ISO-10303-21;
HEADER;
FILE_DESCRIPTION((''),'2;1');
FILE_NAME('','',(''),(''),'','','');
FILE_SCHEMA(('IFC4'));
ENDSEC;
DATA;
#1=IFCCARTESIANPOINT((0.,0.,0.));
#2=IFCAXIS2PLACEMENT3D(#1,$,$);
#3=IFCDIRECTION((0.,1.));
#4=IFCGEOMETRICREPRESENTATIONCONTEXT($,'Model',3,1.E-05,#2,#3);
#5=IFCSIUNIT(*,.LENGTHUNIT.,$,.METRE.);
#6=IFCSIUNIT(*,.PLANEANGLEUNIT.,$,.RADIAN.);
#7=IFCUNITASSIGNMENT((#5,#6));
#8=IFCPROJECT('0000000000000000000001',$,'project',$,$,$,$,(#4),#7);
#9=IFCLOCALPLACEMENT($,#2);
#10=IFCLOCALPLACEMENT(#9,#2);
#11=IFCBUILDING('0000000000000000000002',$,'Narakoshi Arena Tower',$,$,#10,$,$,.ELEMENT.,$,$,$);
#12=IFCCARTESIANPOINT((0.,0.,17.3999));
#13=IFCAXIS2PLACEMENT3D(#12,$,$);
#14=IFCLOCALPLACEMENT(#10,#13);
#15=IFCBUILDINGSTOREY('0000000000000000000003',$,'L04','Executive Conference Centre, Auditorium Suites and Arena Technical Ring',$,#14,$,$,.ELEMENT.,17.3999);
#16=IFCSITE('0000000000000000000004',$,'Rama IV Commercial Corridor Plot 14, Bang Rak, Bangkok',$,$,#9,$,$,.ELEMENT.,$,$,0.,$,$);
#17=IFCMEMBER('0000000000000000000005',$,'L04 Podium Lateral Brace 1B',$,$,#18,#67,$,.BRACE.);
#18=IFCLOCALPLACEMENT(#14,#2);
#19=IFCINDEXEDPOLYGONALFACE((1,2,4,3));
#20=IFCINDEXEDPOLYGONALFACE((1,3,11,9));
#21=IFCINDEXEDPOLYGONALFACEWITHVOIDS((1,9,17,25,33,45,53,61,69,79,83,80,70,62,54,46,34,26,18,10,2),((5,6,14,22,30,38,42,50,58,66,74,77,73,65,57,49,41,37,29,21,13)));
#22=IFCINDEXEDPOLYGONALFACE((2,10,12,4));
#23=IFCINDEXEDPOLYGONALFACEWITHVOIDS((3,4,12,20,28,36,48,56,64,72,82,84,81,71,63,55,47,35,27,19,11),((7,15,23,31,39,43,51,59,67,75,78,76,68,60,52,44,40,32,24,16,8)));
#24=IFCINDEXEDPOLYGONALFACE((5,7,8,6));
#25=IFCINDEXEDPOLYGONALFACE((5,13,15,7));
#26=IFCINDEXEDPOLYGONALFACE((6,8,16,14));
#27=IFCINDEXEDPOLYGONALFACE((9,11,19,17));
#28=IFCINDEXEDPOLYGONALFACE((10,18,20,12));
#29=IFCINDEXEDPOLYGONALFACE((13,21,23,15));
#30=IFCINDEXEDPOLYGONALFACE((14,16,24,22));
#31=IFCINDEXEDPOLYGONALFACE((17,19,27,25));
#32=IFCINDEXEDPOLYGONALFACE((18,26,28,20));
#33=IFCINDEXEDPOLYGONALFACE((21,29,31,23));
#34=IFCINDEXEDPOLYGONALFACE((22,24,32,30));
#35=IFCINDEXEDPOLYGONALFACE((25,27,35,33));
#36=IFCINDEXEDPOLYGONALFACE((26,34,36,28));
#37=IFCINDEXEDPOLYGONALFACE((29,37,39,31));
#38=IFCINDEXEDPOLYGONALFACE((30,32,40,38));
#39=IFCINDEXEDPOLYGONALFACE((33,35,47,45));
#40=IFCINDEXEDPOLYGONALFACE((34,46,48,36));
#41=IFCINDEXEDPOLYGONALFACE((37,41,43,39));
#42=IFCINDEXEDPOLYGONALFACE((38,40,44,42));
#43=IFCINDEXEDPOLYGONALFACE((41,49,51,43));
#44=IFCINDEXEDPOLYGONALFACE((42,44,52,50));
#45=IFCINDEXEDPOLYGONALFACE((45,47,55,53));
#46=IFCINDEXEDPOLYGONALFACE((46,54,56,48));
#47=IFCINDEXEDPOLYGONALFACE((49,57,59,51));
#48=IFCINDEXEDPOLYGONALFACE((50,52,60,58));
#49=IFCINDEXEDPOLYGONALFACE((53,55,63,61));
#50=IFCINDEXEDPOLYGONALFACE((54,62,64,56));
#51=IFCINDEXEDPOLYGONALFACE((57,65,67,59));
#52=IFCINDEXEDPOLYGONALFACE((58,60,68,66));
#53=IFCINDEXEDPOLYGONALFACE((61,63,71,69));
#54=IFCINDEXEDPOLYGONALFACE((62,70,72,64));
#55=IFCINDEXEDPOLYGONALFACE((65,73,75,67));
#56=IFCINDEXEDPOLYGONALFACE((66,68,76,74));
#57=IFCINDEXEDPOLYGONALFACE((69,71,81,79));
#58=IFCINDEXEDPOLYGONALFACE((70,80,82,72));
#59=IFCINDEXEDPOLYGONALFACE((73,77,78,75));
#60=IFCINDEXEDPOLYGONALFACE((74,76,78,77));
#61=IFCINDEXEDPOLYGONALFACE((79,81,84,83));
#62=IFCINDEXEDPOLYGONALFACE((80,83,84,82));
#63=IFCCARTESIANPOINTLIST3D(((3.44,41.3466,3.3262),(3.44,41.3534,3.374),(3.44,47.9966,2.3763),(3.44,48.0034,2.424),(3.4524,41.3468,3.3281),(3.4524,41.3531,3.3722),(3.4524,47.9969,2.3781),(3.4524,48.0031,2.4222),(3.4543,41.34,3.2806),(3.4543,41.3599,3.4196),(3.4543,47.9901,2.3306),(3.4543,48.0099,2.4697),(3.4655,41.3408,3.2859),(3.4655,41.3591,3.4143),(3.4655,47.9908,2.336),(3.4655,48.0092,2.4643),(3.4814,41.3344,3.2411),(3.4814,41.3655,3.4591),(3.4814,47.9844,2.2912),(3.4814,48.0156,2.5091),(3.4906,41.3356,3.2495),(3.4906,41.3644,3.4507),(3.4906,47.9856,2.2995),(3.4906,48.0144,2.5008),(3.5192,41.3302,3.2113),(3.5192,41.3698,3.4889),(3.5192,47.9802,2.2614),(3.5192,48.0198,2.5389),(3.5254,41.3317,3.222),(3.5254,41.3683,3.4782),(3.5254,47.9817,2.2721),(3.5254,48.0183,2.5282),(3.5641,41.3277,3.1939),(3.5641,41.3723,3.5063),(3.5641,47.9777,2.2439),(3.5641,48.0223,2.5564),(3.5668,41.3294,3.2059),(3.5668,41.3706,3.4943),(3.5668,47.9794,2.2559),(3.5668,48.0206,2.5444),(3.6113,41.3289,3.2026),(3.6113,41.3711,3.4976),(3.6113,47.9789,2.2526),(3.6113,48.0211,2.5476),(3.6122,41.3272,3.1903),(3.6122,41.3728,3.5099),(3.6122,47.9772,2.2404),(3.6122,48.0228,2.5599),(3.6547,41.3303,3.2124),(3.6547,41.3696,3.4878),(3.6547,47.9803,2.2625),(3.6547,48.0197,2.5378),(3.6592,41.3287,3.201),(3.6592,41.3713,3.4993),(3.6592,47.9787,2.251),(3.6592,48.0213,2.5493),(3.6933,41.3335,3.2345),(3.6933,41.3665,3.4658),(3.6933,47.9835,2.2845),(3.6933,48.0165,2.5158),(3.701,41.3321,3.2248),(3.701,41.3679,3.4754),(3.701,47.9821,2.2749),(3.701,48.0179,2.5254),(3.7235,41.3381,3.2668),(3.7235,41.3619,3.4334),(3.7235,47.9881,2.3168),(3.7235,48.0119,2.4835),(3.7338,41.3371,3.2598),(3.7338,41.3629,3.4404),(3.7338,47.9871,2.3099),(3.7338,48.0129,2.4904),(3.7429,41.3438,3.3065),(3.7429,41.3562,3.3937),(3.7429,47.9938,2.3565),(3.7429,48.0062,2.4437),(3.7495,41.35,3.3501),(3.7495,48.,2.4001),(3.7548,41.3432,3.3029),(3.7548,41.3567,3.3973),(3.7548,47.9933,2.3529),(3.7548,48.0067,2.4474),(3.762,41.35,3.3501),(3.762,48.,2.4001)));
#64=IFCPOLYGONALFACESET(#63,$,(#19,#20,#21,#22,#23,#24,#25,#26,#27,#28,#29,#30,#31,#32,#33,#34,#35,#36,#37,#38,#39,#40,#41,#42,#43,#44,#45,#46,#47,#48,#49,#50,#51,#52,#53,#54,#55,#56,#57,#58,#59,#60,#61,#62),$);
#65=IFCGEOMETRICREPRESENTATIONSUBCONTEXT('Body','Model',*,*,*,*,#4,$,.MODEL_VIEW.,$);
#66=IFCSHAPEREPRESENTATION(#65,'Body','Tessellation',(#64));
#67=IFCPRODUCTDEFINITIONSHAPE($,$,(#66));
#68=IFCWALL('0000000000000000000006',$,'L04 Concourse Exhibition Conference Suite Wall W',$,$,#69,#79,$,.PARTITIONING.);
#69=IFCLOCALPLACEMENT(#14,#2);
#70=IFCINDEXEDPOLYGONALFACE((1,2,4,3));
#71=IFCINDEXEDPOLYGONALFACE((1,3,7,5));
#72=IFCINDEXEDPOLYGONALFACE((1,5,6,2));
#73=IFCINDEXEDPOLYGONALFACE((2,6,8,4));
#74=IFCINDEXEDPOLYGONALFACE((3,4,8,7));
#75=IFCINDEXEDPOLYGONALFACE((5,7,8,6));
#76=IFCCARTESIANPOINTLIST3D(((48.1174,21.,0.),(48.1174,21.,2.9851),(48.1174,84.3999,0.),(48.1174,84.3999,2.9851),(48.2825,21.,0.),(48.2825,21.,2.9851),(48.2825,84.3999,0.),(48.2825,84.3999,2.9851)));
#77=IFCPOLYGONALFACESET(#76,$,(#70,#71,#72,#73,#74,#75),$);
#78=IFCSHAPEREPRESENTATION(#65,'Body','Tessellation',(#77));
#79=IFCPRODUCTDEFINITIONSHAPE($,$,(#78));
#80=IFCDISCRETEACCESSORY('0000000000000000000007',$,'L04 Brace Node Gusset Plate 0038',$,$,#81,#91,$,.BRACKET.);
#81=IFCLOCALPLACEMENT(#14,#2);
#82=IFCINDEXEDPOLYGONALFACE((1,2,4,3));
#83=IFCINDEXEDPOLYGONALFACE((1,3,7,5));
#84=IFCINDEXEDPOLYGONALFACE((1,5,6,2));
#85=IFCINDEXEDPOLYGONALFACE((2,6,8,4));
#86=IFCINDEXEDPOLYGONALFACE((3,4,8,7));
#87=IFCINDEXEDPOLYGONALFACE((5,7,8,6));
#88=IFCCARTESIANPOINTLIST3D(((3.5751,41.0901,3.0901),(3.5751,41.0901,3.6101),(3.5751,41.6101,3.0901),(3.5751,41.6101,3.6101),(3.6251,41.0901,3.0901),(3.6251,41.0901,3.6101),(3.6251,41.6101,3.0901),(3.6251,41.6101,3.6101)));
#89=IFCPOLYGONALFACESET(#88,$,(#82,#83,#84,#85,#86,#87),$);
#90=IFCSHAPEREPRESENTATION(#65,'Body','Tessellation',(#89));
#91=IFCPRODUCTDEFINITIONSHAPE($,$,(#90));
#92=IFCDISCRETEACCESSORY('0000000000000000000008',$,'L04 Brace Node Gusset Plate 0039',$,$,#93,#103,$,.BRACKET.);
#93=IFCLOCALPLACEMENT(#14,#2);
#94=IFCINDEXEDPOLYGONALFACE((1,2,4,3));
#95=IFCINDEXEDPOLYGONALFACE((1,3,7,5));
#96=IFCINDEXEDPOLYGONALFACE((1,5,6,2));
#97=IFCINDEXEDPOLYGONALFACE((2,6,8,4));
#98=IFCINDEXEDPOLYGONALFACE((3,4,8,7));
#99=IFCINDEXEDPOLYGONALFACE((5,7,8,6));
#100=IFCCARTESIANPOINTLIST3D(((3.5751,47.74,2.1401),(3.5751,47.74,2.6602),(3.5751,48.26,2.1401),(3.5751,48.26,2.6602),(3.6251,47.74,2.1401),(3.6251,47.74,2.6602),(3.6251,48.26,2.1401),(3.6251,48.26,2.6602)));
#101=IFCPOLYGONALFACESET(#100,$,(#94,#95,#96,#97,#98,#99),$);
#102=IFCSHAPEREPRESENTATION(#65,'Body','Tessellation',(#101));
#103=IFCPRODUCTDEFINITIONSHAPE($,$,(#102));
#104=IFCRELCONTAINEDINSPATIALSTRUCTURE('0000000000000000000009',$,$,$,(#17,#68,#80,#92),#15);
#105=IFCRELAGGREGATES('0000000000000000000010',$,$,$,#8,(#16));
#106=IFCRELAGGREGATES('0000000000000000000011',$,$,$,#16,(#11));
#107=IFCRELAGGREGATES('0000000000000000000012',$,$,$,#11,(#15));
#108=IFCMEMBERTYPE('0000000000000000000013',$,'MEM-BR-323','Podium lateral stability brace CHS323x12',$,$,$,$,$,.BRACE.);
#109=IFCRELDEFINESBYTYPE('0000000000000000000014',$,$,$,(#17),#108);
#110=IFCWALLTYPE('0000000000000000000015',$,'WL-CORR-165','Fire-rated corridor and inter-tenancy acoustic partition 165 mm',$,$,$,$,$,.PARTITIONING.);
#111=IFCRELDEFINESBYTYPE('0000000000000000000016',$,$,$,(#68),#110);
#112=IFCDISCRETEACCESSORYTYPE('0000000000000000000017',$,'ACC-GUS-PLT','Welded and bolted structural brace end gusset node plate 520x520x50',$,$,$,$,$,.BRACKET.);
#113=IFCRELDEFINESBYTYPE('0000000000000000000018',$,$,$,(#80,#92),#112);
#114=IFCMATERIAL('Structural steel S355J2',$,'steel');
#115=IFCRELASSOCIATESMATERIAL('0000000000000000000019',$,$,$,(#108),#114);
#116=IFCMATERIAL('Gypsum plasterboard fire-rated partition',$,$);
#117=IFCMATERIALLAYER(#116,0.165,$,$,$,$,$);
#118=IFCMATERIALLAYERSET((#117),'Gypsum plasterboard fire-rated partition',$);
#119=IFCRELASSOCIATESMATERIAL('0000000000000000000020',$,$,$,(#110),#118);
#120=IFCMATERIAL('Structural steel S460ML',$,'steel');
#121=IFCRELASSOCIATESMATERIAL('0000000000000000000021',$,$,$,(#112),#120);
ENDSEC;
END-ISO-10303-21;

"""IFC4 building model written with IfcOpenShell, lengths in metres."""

from ifc_helpers import new_model, si_unit, direction, frame, frame_2d, origin, origin_2d, place, context, subcontext, project, spatial, rectangle, hollow_circle, extrude, material, layer, layer_set, material_profile, profile_set, type_object, element, save


model = new_model("IFC4")

# Units and contexts
model_context = context("Model", 3, precision=1e-05, world=origin(), true_north=direction((0.0, 1.0)))
body_context = subcontext(model_context, "Body", "Model", "MODEL_VIEW")
ifc_project = project(units=[si_unit("LENGTHUNIT", "METRE"), si_unit("PLANEANGLEUNIT", "RADIAN")], contexts=[model_context])

# Site, building, storey
site_placement = place(None, origin())
site = spatial("IfcSite", under=ifc_project, at=site_placement, Name="Rama IV Commercial Corridor Plot 14, Bang Rak, Bangkok", CompositionType="ELEMENT", RefElevation=0.0)
building_placement = place(site_placement, origin())
building = spatial("IfcBuilding", under=site, at=building_placement, Name="Narakoshi Arena Tower", CompositionType="ELEMENT")
storey_placement = place(building_placement, frame((0.0, 0.0, 17.3999)))
storey = spatial("IfcBuildingStorey", under=building, at=storey_placement, Name="L04", Description="Executive Conference Centre, Auditorium Suites and Arena Technical Ring", CompositionType="ELEMENT", Elevation=17.3999)

# Shared definitions
ifc_material_1 = material(Name="Structural steel S355J2", Category="steel")

# Member
ifc_material_profile_1 = material_profile(ifc_material_1, hollow_circle(Radius=0.1619, WallThickness=0.0125, at=origin_2d()), Name="CHS323x12")
ifc_profile_set_1 = profile_set([ifc_material_profile_1], Name="Structural steel S355J2")
member_type = type_object("IfcMemberType", Name="MEM-BR-323", Description="Podium lateral stability brace CHS323x12", PredefinedType="BRACE", material=ifc_profile_set_1)
member_placement = place(storey_placement, frame((3.6001, 48.0, 2.4001), z_axis=(0.0, -0.98995, 0.141416), x_axis=(1.0, 0.0, 0.0)))
element("IfcMember", 1, at=member_placement, inside=storey, type_object=member_type, Name="L04 Podium Lateral Brace 1B", PredefinedType="BRACE", context=body_context, shape_type="SweptSolid", body=[
    extrude(hollow_circle(Radius=0.1619, WallThickness=0.0125, at=origin_2d()), origin(), (0.0, 0.0, 1.0), 6.7175),
])

# Wall
ifc_material_2 = material(Name="Gypsum plasterboard fire-rated partition")
ifc_layer = layer(ifc_material_2, 0.165)
ifc_layer_set = layer_set([ifc_layer], Name="Gypsum plasterboard fire-rated partition")
wall_type = type_object("IfcWallType", Name="WL-CORR-165", Description="Fire-rated corridor and inter-tenancy acoustic partition 165 mm", PredefinedType="PARTITIONING", material=ifc_layer_set)
wall_placement = place(storey_placement, frame((48.2, 84.3999, 0.0), z_axis=(0.0, 0.0, 1.0), x_axis=(0.0, -1.0, 0.0)))
element("IfcWall", 2, at=wall_placement, inside=storey, type_object=wall_type, Name="L04 Concourse Exhibition Conference Suite Wall W", PredefinedType="PARTITIONING", context=body_context, shape_type="SweptSolid", body=[
    extrude(rectangle(XDim=63.3999, YDim=0.165, at=frame_2d((31.7, 0.0))), origin(), (0.0, 0.0, 1.0), 2.9851),
])

# Discrete accessories
ifc_material_3 = material(Name="Structural steel S460ML", Category="steel")
discrete_accessory_type = type_object("IfcDiscreteAccessoryType", Name="ACC-GUS-PLT", Description="Welded and bolted structural brace end gusset node plate 520x520x50", PredefinedType="BRACKET", material=ifc_material_3)
for number, where, z_axis, x_axis, name in (
    (3, (3.6001, 41.3501, 3.0901), (0.0, 0.0, 1.0), (0.0, 1.0, 0.0), "L04 Brace Node Gusset Plate 0038"),
    (4, (3.6001, 48.0, 2.1401), (0.0, 0.0, 1.0), (0.0, 1.0, 0.0), "L04 Brace Node Gusset Plate 0039"),
):
    element("IfcDiscreteAccessory", number, at=place(storey_placement, frame(where, z_axis=z_axis, x_axis=x_axis)), inside=storey, type_object=discrete_accessory_type, Name=name, PredefinedType="BRACKET", context=body_context, shape_type="SweptSolid", body=[
        extrude(rectangle(XDim=0.52, YDim=0.05, at=origin_2d()), origin(), (0.0, 0.0, 1.0), 0.52),
    ])

save(model, "model.ifc")
